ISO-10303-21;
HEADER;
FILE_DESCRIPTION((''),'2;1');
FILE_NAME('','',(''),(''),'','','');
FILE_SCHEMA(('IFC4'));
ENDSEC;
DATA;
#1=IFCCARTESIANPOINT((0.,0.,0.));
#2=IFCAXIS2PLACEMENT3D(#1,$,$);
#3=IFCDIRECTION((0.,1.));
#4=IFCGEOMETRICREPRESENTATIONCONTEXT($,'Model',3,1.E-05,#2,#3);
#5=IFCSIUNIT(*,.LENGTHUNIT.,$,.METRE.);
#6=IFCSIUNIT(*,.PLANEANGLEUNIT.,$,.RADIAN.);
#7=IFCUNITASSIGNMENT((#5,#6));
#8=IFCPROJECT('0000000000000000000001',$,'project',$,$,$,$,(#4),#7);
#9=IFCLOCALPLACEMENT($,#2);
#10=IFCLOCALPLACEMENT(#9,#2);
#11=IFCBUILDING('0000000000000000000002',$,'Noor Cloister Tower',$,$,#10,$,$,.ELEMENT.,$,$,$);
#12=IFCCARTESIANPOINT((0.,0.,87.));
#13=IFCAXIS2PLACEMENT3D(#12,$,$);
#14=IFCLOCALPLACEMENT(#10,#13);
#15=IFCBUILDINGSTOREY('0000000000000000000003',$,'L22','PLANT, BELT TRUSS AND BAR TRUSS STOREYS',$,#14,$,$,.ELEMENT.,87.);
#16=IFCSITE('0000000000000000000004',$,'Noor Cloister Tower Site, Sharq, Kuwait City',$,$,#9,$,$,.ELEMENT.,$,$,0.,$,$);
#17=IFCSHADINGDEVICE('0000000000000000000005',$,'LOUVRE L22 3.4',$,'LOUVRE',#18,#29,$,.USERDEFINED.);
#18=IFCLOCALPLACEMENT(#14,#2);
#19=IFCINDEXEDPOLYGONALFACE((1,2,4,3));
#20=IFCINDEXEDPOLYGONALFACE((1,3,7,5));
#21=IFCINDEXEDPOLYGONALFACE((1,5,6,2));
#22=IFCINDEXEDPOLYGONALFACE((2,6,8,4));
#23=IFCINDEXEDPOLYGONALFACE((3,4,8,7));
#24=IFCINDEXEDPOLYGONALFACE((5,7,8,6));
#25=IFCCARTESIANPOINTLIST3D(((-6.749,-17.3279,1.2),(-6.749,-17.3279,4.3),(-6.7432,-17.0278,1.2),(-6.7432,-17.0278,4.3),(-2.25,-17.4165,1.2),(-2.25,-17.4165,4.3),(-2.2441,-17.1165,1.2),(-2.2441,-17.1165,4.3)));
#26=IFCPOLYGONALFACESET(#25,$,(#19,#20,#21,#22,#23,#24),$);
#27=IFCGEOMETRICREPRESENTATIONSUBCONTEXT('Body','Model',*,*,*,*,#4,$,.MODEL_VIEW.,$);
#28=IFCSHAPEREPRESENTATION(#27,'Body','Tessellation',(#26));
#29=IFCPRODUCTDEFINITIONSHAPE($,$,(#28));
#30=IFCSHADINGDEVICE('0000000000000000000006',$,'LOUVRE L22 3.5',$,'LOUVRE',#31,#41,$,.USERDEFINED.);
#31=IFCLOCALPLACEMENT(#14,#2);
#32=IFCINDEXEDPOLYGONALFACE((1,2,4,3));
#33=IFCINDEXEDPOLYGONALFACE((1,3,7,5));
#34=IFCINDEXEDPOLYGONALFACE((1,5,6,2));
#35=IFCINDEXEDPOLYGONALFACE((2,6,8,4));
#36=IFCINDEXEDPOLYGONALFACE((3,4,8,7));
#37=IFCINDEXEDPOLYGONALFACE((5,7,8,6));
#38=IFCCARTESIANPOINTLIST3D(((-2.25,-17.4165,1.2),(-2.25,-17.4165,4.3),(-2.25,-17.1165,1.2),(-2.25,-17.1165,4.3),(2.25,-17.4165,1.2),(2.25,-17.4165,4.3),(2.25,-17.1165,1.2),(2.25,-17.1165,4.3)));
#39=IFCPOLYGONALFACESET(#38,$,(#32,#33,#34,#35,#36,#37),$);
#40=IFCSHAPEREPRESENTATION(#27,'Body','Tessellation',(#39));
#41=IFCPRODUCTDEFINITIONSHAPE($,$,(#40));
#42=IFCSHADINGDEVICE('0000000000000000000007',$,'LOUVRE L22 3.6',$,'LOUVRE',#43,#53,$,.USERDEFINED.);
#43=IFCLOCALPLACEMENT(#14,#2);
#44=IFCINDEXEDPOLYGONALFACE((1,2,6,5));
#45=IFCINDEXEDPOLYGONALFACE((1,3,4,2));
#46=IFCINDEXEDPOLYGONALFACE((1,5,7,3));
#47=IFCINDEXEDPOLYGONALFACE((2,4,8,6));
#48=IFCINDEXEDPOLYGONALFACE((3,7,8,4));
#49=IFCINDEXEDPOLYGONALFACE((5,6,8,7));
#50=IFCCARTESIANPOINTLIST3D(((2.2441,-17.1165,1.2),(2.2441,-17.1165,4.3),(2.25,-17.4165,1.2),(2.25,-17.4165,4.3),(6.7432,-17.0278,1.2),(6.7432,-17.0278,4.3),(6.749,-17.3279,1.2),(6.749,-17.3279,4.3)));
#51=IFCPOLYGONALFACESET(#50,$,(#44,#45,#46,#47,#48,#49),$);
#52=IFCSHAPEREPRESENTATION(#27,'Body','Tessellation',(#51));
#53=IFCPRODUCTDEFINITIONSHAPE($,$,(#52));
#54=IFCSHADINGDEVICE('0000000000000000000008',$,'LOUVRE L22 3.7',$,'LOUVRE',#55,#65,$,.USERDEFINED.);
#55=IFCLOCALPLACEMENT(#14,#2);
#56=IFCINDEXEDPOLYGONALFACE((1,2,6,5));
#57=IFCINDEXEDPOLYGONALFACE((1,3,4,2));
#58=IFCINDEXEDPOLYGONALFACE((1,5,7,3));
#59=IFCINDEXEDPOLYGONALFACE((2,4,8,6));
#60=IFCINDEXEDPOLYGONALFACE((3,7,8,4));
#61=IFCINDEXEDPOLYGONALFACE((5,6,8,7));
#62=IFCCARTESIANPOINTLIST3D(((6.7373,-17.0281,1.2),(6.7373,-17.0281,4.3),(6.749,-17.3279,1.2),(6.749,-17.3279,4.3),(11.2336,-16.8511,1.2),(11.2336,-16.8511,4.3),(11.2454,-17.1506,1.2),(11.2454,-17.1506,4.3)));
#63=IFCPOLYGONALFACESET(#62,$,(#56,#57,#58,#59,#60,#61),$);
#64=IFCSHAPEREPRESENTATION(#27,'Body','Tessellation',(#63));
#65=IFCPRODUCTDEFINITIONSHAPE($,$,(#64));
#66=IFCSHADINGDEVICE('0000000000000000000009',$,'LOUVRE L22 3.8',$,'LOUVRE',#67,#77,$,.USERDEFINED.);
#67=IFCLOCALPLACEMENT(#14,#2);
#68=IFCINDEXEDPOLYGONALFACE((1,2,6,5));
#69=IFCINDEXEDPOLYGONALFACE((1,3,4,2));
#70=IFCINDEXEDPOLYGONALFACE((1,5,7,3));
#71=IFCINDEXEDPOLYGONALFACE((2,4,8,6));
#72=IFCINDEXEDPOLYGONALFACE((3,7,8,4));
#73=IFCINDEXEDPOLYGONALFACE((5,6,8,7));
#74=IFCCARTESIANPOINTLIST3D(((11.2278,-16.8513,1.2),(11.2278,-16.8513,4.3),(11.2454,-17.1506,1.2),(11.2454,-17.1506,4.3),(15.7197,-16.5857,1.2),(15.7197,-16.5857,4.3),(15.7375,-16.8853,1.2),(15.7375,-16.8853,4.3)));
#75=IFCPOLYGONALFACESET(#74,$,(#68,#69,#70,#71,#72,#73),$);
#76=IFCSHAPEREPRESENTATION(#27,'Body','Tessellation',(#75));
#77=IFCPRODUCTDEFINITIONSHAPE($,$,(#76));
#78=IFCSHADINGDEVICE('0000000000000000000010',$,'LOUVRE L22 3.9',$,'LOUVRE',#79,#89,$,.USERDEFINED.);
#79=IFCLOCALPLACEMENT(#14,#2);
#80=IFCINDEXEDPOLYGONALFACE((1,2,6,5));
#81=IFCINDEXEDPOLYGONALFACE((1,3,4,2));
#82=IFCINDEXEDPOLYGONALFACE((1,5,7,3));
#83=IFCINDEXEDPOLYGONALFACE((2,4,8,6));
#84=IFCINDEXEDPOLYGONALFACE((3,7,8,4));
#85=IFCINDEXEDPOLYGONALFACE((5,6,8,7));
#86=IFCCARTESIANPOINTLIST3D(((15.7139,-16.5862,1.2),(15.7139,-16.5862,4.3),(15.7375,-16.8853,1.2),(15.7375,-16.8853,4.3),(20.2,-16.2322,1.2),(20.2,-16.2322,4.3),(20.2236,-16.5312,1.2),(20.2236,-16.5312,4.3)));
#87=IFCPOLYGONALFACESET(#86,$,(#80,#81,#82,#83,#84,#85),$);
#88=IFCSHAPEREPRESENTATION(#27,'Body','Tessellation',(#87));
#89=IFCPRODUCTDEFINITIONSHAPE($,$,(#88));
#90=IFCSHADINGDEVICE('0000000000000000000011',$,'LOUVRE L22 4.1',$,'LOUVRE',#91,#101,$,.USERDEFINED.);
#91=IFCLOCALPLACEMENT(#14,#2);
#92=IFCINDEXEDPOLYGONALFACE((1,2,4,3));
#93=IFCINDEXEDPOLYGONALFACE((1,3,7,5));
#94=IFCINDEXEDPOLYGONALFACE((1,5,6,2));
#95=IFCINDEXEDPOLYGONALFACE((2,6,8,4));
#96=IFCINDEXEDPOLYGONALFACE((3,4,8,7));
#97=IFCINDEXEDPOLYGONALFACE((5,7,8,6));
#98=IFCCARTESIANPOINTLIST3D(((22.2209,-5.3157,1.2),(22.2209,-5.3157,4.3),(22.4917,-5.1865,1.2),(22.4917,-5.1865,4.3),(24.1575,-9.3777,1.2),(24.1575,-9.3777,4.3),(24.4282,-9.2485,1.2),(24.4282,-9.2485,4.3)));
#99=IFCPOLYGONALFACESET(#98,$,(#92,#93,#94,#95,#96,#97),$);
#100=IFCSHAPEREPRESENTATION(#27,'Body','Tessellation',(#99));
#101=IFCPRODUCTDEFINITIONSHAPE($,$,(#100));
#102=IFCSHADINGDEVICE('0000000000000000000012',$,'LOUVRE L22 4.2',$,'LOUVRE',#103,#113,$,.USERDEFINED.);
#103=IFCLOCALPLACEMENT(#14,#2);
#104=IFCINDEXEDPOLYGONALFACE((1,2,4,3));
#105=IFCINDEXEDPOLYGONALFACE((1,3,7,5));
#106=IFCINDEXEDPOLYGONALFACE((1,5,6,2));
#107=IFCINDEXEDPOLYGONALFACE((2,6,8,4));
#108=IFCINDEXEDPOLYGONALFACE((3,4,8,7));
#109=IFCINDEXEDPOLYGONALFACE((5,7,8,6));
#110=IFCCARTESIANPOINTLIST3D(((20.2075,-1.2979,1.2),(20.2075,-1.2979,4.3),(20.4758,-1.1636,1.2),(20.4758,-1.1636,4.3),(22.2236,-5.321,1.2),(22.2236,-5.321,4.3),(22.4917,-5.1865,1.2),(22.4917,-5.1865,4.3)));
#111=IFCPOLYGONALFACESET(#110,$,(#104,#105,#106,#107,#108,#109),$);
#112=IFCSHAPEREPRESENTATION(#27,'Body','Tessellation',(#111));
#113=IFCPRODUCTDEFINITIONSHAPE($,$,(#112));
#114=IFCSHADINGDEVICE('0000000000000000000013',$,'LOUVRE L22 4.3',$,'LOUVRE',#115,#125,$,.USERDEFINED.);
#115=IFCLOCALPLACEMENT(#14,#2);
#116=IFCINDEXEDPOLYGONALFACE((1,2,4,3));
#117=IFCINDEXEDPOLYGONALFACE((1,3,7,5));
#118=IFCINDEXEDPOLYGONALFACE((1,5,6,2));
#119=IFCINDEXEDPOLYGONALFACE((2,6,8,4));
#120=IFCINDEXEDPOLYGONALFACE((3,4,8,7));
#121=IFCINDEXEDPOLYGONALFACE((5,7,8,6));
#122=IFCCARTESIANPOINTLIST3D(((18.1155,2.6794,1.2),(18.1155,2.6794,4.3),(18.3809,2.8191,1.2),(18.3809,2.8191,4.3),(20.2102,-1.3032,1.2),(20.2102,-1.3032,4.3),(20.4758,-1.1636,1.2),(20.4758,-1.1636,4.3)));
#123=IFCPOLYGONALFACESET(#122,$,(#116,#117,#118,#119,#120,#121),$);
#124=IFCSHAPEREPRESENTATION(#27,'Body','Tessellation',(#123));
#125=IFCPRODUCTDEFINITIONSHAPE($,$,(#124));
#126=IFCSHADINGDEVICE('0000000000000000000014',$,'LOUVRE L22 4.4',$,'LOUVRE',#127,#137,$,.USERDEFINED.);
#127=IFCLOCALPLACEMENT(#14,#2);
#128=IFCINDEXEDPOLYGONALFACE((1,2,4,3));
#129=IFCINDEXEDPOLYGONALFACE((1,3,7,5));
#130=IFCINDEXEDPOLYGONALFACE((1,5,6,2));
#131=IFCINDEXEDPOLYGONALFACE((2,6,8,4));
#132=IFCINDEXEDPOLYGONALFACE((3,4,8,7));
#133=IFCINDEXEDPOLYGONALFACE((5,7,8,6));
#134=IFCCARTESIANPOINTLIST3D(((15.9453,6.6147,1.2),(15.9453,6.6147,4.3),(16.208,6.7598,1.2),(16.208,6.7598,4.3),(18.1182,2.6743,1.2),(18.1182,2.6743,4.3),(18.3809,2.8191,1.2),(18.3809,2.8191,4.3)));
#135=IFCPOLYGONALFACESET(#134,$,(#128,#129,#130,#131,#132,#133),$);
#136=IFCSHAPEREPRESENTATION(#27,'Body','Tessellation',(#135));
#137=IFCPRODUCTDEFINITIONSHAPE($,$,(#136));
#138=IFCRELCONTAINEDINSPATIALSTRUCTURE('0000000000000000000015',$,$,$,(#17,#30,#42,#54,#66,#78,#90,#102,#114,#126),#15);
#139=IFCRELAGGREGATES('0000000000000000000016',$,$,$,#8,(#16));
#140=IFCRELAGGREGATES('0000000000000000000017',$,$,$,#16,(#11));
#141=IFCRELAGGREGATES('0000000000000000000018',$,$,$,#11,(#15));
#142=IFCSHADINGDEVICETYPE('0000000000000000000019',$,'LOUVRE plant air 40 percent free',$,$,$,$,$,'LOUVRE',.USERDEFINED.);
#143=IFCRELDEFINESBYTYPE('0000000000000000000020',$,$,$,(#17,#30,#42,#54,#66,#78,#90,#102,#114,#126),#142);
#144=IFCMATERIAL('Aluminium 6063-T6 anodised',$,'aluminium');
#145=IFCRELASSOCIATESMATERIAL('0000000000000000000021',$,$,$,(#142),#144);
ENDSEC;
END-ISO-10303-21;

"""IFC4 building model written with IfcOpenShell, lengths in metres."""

from ifc_helpers import new_model, si_unit, direction, frame, origin, place, context, subcontext, project, spatial, polyline, outline, extrude, material, type_object, element, save


model = new_model("IFC4")

# Units and contexts
model_context = context("Model", 3, precision=1e-05, world=origin(), true_north=direction((0.0, 1.0)))
body_context = subcontext(model_context, "Body", "Model", "MODEL_VIEW")
ifc_project = project(units=[si_unit("LENGTHUNIT", "METRE"), si_unit("PLANEANGLEUNIT", "RADIAN")], contexts=[model_context])

# Site, building, storey
site_placement = place(None, origin())
site = spatial("IfcSite", under=ifc_project, at=site_placement, Name="Noor Cloister Tower Site, Sharq, Kuwait City", CompositionType="ELEMENT", RefElevation=0.0)
building_placement = place(site_placement, origin())
building = spatial("IfcBuilding", under=site, at=building_placement, Name="Noor Cloister Tower", CompositionType="ELEMENT")
storey_placement = place(building_placement, frame((0.0, 0.0, 87.0)))
storey = spatial("IfcBuildingStorey", under=building, at=storey_placement, Name="L22", Description="PLANT, BELT TRUSS AND BAR TRUSS STOREYS", CompositionType="ELEMENT", Elevation=87.0)

# Shading devices
ifc_material_1 = material(Name="Aluminium 6063-T6 anodised", Category="aluminium")
shading_device_type = type_object("IfcShadingDeviceType", Name="LOUVRE plant air 40 percent free", ElementType="LOUVRE", PredefinedType="USERDEFINED", material=ifc_material_1)
shading_device_1_placement = place(storey_placement, frame((0.0, 0.0, 1.2)))
element("IfcShadingDevice", 1, at=shading_device_1_placement, inside=storey, type_object=shading_device_type, Name="LOUVRE L22 3.4", ObjectType="LOUVRE", PredefinedType="USERDEFINED", context=body_context, shape_type="SweptSolid", body=[
    extrude(outline(polyline([(-6.749, -17.3279), (-2.25, -17.4165), (-2.2441, -17.1165), (-6.7432, -17.0278), (-6.749, -17.3279)])), origin(), (0.0, 0.0, 1.0), 3.1001),
])
shading_device_2_placement = place(storey_placement, frame((0.0, 0.0, 1.2)))
element("IfcShadingDevice", 2, at=shading_device_2_placement, inside=storey, type_object=shading_device_type, Name="LOUVRE L22 3.5", ObjectType="LOUVRE", PredefinedType="USERDEFINED", context=body_context, shape_type="SweptSolid", body=[
    extrude(outline(polyline([(-2.25, -17.4165), (2.25, -17.4165), (2.25, -17.1165), (-2.25, -17.1165), (-2.25, -17.4165)])), origin(), (0.0, 0.0, 1.0), 3.1001),
])
shading_device_3_placement = place(storey_placement, frame((0.0, 0.0, 1.2)))
element("IfcShadingDevice", 3, at=shading_device_3_placement, inside=storey, type_object=shading_device_type, Name="LOUVRE L22 3.6", ObjectType="LOUVRE", PredefinedType="USERDEFINED", context=body_context, shape_type="SweptSolid", body=[
    extrude(outline(polyline([(2.25, -17.4165), (6.749, -17.3279), (6.7432, -17.0278), (2.2441, -17.1165), (2.25, -17.4165)])), origin(), (0.0, 0.0, 1.0), 3.1001),
])
shading_device_4_placement = place(storey_placement, frame((0.0, 0.0, 1.2)))
element("IfcShadingDevice", 4, at=shading_device_4_placement, inside=storey, type_object=shading_device_type, Name="LOUVRE L22 3.7", ObjectType="LOUVRE", PredefinedType="USERDEFINED", context=body_context, shape_type="SweptSolid", body=[
    extrude(outline(polyline([(6.749, -17.3279), (11.2454, -17.1506), (11.2336, -16.8511), (6.7373, -17.0281), (6.749, -17.3279)])), origin(), (0.0, 0.0, 1.0), 3.1001),
])
shading_device_5_placement = place(storey_placement, frame((0.0, 0.0, 1.2)))
element("IfcShadingDevice", 5, at=shading_device_5_placement, inside=storey, type_object=shading_device_type, Name="LOUVRE L22 3.8", ObjectType="LOUVRE", PredefinedType="USERDEFINED", context=body_context, shape_type="SweptSolid", body=[
    extrude(outline(polyline([(11.2454, -17.1506), (15.7375, -16.8853), (15.7197, -16.5857), (11.2278, -16.8513), (11.2454, -17.1506)])), origin(), (0.0, 0.0, 1.0), 3.1001),
])
shading_device_6_placement = place(storey_placement, frame((0.0, 0.0, 1.2)))
element("IfcShadingDevice", 6, at=shading_device_6_placement, inside=storey, type_object=shading_device_type, Name="LOUVRE L22 3.9", ObjectType="LOUVRE", PredefinedType="USERDEFINED", context=body_context, shape_type="SweptSolid", body=[
    extrude(outline(polyline([(15.7375, -16.8853), (20.2236, -16.5312), (20.2, -16.2322), (15.7139, -16.5862), (15.7375, -16.8853)])), origin(), (0.0, 0.0, 1.0), 3.1001),
])
shading_device_7_placement = place(storey_placement, frame((0.0, 0.0, 1.2)))
element("IfcShadingDevice", 7, at=shading_device_7_placement, inside=storey, type_object=shading_device_type, Name="LOUVRE L22 4.1", ObjectType="LOUVRE", PredefinedType="USERDEFINED", context=body_context, shape_type="SweptSolid", body=[
    extrude(outline(polyline([(24.4282, -9.2485), (22.4917, -5.1865), (22.2209, -5.3157), (24.1575, -9.3777), (24.4282, -9.2485)])), origin(), (0.0, 0.0, 1.0), 3.1001),
])
shading_device_8_placement = place(storey_placement, frame((0.0, 0.0, 1.2)))
element("IfcShadingDevice", 8, at=shading_device_8_placement, inside=storey, type_object=shading_device_type, Name="LOUVRE L22 4.2", ObjectType="LOUVRE", PredefinedType="USERDEFINED", context=body_context, shape_type="SweptSolid", body=[
    extrude(outline(polyline([(22.4917, -5.1865), (20.4758, -1.1636), (20.2075, -1.2979), (22.2236, -5.321), (22.4917, -5.1865)])), origin(), (0.0, 0.0, 1.0), 3.1001),
])
shading_device_9_placement = place(storey_placement, frame((0.0, 0.0, 1.2)))
element("IfcShadingDevice", 9, at=shading_device_9_placement, inside=storey, type_object=shading_device_type, Name="LOUVRE L22 4.3", ObjectType="LOUVRE", PredefinedType="USERDEFINED", context=body_context, shape_type="SweptSolid", body=[
    extrude(outline(polyline([(20.4758, -1.1636), (18.3809, 2.8191), (18.1155, 2.6794), (20.2102, -1.3032), (20.4758, -1.1636)])), origin(), (0.0, 0.0, 1.0), 3.1001),
])
shading_device_10_placement = place(storey_placement, frame((0.0, 0.0, 1.2)))
element("IfcShadingDevice", 10, at=shading_device_10_placement, inside=storey, type_object=shading_device_type, Name="LOUVRE L22 4.4", ObjectType="LOUVRE", PredefinedType="USERDEFINED", context=body_context, shape_type="SweptSolid", body=[
    extrude(outline(polyline([(18.3809, 2.8191), (16.208, 6.7598), (15.9453, 6.6147), (18.1182, 2.6743), (18.3809, 2.8191)])), origin(), (0.0, 0.0, 1.0), 3.1001),
])

save(model, "model.ifc")
